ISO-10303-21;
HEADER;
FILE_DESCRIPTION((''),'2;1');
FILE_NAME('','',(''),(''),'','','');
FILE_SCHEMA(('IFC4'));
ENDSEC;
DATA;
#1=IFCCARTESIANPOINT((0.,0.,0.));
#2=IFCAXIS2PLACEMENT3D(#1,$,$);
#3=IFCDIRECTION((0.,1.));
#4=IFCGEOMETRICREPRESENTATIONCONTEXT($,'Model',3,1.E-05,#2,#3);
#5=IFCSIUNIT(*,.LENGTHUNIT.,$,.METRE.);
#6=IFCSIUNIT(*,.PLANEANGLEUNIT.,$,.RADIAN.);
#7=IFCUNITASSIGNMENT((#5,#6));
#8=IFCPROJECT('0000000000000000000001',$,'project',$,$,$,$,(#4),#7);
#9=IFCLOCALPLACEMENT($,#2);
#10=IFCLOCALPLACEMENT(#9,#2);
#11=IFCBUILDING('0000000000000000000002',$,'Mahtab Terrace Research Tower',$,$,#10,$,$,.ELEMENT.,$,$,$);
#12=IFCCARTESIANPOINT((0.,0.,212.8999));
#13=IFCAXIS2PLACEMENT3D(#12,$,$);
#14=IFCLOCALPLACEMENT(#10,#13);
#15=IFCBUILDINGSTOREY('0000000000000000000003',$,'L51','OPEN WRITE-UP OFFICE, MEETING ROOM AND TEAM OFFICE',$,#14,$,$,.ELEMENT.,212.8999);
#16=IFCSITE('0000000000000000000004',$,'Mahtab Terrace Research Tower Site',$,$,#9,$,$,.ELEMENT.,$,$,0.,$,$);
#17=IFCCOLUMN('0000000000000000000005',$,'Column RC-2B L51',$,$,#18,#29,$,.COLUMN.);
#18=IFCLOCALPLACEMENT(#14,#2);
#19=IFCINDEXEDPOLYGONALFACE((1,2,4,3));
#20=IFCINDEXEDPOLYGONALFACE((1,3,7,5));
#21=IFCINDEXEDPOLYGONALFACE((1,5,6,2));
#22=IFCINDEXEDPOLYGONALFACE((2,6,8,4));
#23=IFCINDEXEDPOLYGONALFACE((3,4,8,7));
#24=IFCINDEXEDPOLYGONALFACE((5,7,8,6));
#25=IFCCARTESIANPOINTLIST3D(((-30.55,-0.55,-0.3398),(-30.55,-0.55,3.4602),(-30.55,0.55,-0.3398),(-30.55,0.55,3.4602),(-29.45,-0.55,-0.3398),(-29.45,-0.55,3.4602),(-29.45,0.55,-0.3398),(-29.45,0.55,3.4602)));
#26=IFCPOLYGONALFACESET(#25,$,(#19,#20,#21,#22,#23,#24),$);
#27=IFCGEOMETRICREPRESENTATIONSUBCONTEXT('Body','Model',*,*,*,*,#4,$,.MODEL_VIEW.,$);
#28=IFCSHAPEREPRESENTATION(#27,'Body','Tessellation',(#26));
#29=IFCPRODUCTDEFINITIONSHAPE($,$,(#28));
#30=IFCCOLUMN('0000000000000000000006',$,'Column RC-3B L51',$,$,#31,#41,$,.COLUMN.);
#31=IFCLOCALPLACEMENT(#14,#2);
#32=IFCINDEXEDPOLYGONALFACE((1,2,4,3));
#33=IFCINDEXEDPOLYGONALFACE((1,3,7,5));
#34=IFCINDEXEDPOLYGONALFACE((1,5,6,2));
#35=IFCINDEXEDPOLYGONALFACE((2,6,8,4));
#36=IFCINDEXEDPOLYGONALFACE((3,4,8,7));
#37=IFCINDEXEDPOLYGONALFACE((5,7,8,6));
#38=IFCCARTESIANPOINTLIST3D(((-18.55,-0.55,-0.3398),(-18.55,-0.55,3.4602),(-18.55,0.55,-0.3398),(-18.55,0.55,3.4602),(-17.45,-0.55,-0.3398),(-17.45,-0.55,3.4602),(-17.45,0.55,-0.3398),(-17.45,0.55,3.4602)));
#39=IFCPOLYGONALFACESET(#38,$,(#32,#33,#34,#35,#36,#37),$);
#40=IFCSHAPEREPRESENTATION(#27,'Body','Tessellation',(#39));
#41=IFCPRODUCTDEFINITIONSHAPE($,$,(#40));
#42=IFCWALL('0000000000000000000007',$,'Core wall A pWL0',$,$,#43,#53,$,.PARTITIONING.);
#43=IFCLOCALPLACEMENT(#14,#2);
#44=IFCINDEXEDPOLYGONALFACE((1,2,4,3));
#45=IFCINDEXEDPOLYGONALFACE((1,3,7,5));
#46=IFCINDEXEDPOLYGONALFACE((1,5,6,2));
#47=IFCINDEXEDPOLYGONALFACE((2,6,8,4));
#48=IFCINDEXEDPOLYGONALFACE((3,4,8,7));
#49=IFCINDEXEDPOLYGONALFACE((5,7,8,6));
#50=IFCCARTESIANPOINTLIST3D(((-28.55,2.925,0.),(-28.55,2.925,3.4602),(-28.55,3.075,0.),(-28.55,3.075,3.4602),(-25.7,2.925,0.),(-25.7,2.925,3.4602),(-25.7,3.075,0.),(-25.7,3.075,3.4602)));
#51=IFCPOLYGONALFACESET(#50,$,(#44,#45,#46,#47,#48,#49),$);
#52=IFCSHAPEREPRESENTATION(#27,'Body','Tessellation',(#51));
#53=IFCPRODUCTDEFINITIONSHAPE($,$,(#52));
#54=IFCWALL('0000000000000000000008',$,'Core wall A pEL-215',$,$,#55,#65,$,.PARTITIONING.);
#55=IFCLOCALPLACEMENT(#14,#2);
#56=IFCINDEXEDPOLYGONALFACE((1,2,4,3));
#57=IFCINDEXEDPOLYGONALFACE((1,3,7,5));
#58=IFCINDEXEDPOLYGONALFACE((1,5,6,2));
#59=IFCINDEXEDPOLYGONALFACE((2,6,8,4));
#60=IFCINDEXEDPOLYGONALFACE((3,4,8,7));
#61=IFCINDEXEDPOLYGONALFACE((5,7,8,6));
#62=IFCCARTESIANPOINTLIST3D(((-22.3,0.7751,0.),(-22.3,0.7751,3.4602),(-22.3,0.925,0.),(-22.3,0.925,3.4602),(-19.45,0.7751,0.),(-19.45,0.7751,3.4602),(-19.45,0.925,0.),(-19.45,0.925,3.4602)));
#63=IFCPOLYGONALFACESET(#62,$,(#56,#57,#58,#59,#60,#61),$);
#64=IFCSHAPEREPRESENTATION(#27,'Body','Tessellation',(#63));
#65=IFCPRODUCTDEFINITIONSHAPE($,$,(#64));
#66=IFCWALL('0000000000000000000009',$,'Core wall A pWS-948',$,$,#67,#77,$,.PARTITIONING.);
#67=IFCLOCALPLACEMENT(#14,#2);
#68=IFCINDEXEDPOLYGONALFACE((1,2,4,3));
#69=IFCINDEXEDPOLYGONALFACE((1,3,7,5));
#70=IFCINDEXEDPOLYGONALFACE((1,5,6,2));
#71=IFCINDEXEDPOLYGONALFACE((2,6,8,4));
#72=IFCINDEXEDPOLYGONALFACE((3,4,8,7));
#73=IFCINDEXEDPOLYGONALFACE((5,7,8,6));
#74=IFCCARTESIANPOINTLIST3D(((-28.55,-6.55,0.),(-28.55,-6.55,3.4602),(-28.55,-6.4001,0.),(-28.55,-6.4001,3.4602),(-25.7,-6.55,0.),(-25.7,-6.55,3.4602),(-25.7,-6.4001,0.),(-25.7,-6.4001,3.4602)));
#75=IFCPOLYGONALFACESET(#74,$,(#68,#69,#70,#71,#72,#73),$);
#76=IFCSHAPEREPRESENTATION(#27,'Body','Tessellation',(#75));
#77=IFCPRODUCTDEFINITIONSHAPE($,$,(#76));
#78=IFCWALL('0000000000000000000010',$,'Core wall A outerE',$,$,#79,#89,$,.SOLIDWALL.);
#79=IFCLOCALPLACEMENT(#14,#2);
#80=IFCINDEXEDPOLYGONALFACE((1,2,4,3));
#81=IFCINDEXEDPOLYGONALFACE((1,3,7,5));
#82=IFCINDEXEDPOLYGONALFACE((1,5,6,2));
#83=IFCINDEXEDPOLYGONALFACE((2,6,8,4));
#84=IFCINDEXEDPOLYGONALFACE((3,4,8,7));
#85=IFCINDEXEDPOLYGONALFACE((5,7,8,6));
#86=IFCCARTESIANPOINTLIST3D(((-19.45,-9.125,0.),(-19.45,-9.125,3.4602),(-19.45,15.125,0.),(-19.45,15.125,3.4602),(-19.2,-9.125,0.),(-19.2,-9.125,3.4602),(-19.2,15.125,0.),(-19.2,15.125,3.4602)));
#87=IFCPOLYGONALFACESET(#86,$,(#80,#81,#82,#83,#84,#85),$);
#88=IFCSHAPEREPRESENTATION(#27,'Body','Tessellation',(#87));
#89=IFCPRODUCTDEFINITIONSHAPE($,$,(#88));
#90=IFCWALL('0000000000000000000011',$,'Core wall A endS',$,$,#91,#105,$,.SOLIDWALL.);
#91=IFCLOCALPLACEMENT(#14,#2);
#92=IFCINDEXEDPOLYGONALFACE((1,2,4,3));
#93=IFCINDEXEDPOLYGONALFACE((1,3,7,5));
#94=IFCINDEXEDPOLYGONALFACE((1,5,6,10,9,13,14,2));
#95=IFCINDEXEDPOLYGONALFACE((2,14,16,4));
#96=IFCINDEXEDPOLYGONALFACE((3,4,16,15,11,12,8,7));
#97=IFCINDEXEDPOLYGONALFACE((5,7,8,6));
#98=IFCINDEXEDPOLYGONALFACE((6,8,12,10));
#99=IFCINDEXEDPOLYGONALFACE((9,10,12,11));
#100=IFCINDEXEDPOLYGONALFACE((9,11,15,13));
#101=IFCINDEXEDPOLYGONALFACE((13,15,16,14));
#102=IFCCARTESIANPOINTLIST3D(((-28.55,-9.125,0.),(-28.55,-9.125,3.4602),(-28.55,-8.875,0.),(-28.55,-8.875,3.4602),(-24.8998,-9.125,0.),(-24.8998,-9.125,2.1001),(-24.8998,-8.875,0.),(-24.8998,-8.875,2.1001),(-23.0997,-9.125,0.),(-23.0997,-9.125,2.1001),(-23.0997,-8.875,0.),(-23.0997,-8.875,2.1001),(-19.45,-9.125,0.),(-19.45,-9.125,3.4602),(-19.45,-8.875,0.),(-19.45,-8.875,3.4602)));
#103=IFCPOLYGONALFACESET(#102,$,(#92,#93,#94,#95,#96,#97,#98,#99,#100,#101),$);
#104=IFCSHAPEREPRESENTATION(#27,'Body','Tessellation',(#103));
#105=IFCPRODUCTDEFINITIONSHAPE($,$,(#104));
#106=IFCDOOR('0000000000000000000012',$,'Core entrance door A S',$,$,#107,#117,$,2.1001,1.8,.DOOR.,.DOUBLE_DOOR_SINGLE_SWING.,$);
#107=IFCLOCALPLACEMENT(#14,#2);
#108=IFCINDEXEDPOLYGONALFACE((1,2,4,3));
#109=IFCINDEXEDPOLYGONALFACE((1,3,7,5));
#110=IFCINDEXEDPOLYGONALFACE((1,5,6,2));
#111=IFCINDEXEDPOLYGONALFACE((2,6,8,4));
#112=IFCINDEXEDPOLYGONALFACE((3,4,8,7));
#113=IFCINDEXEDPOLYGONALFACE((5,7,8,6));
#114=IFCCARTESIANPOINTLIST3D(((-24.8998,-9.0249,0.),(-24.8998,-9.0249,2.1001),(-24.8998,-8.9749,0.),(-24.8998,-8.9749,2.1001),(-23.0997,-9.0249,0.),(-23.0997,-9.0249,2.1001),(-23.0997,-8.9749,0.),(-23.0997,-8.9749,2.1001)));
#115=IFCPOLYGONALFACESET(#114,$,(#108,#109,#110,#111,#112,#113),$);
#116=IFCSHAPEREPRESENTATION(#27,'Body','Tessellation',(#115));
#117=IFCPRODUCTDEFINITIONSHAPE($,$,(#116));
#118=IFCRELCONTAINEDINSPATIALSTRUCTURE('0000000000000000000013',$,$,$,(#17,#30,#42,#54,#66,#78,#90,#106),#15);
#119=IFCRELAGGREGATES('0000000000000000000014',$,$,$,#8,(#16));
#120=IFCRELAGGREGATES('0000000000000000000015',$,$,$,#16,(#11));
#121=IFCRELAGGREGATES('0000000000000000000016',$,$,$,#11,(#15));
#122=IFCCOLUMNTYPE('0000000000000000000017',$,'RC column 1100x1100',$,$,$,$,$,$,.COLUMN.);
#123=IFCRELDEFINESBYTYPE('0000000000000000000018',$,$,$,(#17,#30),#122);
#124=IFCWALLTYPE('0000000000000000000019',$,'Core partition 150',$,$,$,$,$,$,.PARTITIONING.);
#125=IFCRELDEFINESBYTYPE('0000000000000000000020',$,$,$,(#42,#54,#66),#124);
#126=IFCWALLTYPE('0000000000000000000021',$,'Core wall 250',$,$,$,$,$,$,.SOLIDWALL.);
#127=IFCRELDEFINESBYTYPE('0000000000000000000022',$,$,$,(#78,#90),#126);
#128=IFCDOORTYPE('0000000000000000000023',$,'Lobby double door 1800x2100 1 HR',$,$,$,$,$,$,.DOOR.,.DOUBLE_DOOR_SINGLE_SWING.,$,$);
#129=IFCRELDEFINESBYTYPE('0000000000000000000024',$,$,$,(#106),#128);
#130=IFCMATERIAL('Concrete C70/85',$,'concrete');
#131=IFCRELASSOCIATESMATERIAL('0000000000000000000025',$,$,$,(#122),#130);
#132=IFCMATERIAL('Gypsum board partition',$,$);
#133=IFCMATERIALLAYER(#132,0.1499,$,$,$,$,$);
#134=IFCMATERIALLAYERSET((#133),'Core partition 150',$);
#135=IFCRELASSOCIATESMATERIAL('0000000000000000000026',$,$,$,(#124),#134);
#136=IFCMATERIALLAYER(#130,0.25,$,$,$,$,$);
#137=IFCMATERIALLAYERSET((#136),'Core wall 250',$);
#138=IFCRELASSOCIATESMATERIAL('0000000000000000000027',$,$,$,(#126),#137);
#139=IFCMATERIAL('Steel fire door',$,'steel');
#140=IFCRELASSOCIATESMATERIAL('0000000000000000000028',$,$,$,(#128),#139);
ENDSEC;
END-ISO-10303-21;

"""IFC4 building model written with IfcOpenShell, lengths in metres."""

from ifc_helpers import new_model, si_unit, direction, frame, frame_2d, origin, origin_2d, place, context, subcontext, project, spatial, rectangle, extrude, material, layer, layer_set, material_profile, profile_set, type_object, element, fill, save


model = new_model("IFC4")

# Units and contexts
model_context = context("Model", 3, precision=1e-05, world=origin(), true_north=direction((0.0, 1.0)))
body_context = subcontext(model_context, "Body", "Model", "MODEL_VIEW")
ifc_project = project(units=[si_unit("LENGTHUNIT", "METRE"), si_unit("PLANEANGLEUNIT", "RADIAN")], contexts=[model_context])

# Site, building, storey
site_placement = place(None, origin())
site = spatial("IfcSite", under=ifc_project, at=site_placement, Name="Mahtab Terrace Research Tower Site", CompositionType="ELEMENT", RefElevation=0.0)
building_placement = place(site_placement, origin())
building = spatial("IfcBuilding", under=site, at=building_placement, Name="Mahtab Terrace Research Tower", CompositionType="ELEMENT")
storey_placement = place(building_placement, frame((0.0, 0.0, 212.8999)))
storey = spatial("IfcBuildingStorey", under=building, at=storey_placement, Name="L51", Description="OPEN WRITE-UP OFFICE, MEETING ROOM AND TEAM OFFICE", CompositionType="ELEMENT", Elevation=212.8999)

# Columns
ifc_material_1 = material(Name="Concrete C70/85", Category="concrete")
ifc_material_profile = material_profile(ifc_material_1, rectangle(XDim=1.1001, YDim=1.1001, at=origin_2d()), Name="RC column 1100x1100")
ifc_profile_set = profile_set([ifc_material_profile], Name="Concrete C70/85")
column_type = type_object("IfcColumnType", Name="RC column 1100x1100", PredefinedType="COLUMN", material=ifc_profile_set)
for number, where, z_axis, x_axis, name in (
    (1, (-30.0, 0.0, -0.3398), (0.0, 0.0, 1.0), (1.0, 0.0, 0.0), "Column RC-2B L51"),
    (2, (-18.0, 0.0, -0.3398), (0.0, 0.0, 1.0), (1.0, 0.0, 0.0), "Column RC-3B L51"),
):
    element("IfcColumn", number, at=place(storey_placement, frame(where, z_axis=z_axis, x_axis=x_axis)), inside=storey, type_object=column_type, Name=name, PredefinedType="COLUMN", context=body_context, shape_type="SweptSolid", body=[
        extrude(rectangle(XDim=1.1001, YDim=1.1001, at=origin_2d()), origin(), (0.0, 0.0, 1.0), 3.8),
    ])

# Walls
ifc_material_2 = material(Name="Gypsum board partition")
ifc_layer_1 = layer(ifc_material_2, 0.1499)
ifc_layer_set_1 = layer_set([ifc_layer_1], Name="Core partition 150")
wall_type_1 = type_object("IfcWallType", Name="Core partition 150", PredefinedType="PARTITIONING", material=ifc_layer_set_1)
for number, where, z_axis, x_axis, name in (
    (3, (-28.55, 3.0, 0.0), (0.0, 0.0, 1.0), (1.0, 0.0, 0.0), "Core wall A pWL0"),
    (4, (-22.3, 0.8501, 0.0), (0.0, 0.0, 1.0), (1.0, 0.0, 0.0), "Core wall A pEL-215"),
    (5, (-28.55, -6.4751, 0.0), (0.0, 0.0, 1.0), (1.0, 0.0, 0.0), "Core wall A pWS-948"),
):
    element("IfcWall", number, at=place(storey_placement, frame(where, z_axis=z_axis, x_axis=x_axis)), inside=storey, type_object=wall_type_1, Name=name, PredefinedType="PARTITIONING", context=body_context, shape_type="SweptSolid", body=[
        extrude(rectangle(XDim=2.8501, YDim=0.1499, at=frame_2d((1.425, 0.0))), origin(), (0.0, 0.0, 1.0), 3.4602),
    ])
ifc_layer_2 = layer(ifc_material_1, 0.25)
ifc_layer_set_2 = layer_set([ifc_layer_2], Name="Core wall 250")
wall_type_2 = type_object("IfcWallType", Name="Core wall 250", PredefinedType="SOLIDWALL", material=ifc_layer_set_2)
wall_1_placement = place(storey_placement, frame((-19.325, -9.125, 0.0), z_axis=(0.0, 0.0, 1.0), x_axis=(0.0, 1.0, 0.0)))
element("IfcWall", 6, at=wall_1_placement, inside=storey, type_object=wall_type_2, Name="Core wall A outerE", PredefinedType="SOLIDWALL", context=body_context, shape_type="SweptSolid", body=[
    extrude(rectangle(XDim=24.25, YDim=0.25, at=frame_2d((12.125, 0.0))), origin(), (0.0, 0.0, 1.0), 3.4602),
])

# Wall, opening, door
wall_2_placement = place(storey_placement, frame((-19.45, -9.0, 0.0), z_axis=(0.0, 0.0, 1.0), x_axis=(-1.0, 0.0, 0.0)))
wall_2 = element("IfcWall", 7, at=wall_2_placement, inside=storey, type_object=wall_type_2, Name="Core wall A endS", PredefinedType="SOLIDWALL", context=body_context, shape_type="SweptSolid", body=[
    extrude(rectangle(XDim=9.1001, YDim=0.25, at=frame_2d((4.55, 0.0))), origin(), (0.0, 0.0, 1.0), 3.4602),
])
opening_1_placement = place(wall_2_placement, frame((3.6499, 0.0, 0.0)))
opening_1 = element("IfcOpeningElement", 8, at=opening_1_placement, cuts=wall_2, PredefinedType="OPENING", context=body_context, shape_type="SweptSolid", body=[
    extrude(rectangle(XDim=1.8, YDim=2.1001, at=frame_2d((0.8999, 1.05))), frame((0.0, 0.135, 0.0), z_axis=(0.0, -1.0, 0.0), x_axis=(1.0, 0.0, 0.0)), (0.0, 0.0, 1.0), 0.27),
])
ifc_material_3 = material(Name="Steel fire door", Category="steel")
door_type_1 = type_object("IfcDoorType", Name="Lobby double door 1800x2100 1 HR", OperationType="DOUBLE_DOOR_SINGLE_SWING", PredefinedType="DOOR", material=ifc_material_3)
door_1_placement = place(opening_1_placement, origin())
door_1 = element("IfcDoor", 9, at=door_1_placement, inside=storey, type_object=door_type_1, Name="Core entrance door A S", OperationType="DOUBLE_DOOR_SINGLE_SWING", OverallHeight=2.1001, OverallWidth=1.8, PredefinedType="DOOR", context=body_context, shape_type="SweptSolid", body=[
    extrude(rectangle(XDim=1.8, YDim=2.1001, at=frame_2d((0.8999, 1.05))), frame((0.0, 0.0249, 0.0), z_axis=(0.0, -1.0, 0.0), x_axis=(1.0, 0.0, 0.0)), (0.0, 0.0, 1.0), 0.05),
])
fill(opening_1, door_1)

save(model, "model.ifc")
